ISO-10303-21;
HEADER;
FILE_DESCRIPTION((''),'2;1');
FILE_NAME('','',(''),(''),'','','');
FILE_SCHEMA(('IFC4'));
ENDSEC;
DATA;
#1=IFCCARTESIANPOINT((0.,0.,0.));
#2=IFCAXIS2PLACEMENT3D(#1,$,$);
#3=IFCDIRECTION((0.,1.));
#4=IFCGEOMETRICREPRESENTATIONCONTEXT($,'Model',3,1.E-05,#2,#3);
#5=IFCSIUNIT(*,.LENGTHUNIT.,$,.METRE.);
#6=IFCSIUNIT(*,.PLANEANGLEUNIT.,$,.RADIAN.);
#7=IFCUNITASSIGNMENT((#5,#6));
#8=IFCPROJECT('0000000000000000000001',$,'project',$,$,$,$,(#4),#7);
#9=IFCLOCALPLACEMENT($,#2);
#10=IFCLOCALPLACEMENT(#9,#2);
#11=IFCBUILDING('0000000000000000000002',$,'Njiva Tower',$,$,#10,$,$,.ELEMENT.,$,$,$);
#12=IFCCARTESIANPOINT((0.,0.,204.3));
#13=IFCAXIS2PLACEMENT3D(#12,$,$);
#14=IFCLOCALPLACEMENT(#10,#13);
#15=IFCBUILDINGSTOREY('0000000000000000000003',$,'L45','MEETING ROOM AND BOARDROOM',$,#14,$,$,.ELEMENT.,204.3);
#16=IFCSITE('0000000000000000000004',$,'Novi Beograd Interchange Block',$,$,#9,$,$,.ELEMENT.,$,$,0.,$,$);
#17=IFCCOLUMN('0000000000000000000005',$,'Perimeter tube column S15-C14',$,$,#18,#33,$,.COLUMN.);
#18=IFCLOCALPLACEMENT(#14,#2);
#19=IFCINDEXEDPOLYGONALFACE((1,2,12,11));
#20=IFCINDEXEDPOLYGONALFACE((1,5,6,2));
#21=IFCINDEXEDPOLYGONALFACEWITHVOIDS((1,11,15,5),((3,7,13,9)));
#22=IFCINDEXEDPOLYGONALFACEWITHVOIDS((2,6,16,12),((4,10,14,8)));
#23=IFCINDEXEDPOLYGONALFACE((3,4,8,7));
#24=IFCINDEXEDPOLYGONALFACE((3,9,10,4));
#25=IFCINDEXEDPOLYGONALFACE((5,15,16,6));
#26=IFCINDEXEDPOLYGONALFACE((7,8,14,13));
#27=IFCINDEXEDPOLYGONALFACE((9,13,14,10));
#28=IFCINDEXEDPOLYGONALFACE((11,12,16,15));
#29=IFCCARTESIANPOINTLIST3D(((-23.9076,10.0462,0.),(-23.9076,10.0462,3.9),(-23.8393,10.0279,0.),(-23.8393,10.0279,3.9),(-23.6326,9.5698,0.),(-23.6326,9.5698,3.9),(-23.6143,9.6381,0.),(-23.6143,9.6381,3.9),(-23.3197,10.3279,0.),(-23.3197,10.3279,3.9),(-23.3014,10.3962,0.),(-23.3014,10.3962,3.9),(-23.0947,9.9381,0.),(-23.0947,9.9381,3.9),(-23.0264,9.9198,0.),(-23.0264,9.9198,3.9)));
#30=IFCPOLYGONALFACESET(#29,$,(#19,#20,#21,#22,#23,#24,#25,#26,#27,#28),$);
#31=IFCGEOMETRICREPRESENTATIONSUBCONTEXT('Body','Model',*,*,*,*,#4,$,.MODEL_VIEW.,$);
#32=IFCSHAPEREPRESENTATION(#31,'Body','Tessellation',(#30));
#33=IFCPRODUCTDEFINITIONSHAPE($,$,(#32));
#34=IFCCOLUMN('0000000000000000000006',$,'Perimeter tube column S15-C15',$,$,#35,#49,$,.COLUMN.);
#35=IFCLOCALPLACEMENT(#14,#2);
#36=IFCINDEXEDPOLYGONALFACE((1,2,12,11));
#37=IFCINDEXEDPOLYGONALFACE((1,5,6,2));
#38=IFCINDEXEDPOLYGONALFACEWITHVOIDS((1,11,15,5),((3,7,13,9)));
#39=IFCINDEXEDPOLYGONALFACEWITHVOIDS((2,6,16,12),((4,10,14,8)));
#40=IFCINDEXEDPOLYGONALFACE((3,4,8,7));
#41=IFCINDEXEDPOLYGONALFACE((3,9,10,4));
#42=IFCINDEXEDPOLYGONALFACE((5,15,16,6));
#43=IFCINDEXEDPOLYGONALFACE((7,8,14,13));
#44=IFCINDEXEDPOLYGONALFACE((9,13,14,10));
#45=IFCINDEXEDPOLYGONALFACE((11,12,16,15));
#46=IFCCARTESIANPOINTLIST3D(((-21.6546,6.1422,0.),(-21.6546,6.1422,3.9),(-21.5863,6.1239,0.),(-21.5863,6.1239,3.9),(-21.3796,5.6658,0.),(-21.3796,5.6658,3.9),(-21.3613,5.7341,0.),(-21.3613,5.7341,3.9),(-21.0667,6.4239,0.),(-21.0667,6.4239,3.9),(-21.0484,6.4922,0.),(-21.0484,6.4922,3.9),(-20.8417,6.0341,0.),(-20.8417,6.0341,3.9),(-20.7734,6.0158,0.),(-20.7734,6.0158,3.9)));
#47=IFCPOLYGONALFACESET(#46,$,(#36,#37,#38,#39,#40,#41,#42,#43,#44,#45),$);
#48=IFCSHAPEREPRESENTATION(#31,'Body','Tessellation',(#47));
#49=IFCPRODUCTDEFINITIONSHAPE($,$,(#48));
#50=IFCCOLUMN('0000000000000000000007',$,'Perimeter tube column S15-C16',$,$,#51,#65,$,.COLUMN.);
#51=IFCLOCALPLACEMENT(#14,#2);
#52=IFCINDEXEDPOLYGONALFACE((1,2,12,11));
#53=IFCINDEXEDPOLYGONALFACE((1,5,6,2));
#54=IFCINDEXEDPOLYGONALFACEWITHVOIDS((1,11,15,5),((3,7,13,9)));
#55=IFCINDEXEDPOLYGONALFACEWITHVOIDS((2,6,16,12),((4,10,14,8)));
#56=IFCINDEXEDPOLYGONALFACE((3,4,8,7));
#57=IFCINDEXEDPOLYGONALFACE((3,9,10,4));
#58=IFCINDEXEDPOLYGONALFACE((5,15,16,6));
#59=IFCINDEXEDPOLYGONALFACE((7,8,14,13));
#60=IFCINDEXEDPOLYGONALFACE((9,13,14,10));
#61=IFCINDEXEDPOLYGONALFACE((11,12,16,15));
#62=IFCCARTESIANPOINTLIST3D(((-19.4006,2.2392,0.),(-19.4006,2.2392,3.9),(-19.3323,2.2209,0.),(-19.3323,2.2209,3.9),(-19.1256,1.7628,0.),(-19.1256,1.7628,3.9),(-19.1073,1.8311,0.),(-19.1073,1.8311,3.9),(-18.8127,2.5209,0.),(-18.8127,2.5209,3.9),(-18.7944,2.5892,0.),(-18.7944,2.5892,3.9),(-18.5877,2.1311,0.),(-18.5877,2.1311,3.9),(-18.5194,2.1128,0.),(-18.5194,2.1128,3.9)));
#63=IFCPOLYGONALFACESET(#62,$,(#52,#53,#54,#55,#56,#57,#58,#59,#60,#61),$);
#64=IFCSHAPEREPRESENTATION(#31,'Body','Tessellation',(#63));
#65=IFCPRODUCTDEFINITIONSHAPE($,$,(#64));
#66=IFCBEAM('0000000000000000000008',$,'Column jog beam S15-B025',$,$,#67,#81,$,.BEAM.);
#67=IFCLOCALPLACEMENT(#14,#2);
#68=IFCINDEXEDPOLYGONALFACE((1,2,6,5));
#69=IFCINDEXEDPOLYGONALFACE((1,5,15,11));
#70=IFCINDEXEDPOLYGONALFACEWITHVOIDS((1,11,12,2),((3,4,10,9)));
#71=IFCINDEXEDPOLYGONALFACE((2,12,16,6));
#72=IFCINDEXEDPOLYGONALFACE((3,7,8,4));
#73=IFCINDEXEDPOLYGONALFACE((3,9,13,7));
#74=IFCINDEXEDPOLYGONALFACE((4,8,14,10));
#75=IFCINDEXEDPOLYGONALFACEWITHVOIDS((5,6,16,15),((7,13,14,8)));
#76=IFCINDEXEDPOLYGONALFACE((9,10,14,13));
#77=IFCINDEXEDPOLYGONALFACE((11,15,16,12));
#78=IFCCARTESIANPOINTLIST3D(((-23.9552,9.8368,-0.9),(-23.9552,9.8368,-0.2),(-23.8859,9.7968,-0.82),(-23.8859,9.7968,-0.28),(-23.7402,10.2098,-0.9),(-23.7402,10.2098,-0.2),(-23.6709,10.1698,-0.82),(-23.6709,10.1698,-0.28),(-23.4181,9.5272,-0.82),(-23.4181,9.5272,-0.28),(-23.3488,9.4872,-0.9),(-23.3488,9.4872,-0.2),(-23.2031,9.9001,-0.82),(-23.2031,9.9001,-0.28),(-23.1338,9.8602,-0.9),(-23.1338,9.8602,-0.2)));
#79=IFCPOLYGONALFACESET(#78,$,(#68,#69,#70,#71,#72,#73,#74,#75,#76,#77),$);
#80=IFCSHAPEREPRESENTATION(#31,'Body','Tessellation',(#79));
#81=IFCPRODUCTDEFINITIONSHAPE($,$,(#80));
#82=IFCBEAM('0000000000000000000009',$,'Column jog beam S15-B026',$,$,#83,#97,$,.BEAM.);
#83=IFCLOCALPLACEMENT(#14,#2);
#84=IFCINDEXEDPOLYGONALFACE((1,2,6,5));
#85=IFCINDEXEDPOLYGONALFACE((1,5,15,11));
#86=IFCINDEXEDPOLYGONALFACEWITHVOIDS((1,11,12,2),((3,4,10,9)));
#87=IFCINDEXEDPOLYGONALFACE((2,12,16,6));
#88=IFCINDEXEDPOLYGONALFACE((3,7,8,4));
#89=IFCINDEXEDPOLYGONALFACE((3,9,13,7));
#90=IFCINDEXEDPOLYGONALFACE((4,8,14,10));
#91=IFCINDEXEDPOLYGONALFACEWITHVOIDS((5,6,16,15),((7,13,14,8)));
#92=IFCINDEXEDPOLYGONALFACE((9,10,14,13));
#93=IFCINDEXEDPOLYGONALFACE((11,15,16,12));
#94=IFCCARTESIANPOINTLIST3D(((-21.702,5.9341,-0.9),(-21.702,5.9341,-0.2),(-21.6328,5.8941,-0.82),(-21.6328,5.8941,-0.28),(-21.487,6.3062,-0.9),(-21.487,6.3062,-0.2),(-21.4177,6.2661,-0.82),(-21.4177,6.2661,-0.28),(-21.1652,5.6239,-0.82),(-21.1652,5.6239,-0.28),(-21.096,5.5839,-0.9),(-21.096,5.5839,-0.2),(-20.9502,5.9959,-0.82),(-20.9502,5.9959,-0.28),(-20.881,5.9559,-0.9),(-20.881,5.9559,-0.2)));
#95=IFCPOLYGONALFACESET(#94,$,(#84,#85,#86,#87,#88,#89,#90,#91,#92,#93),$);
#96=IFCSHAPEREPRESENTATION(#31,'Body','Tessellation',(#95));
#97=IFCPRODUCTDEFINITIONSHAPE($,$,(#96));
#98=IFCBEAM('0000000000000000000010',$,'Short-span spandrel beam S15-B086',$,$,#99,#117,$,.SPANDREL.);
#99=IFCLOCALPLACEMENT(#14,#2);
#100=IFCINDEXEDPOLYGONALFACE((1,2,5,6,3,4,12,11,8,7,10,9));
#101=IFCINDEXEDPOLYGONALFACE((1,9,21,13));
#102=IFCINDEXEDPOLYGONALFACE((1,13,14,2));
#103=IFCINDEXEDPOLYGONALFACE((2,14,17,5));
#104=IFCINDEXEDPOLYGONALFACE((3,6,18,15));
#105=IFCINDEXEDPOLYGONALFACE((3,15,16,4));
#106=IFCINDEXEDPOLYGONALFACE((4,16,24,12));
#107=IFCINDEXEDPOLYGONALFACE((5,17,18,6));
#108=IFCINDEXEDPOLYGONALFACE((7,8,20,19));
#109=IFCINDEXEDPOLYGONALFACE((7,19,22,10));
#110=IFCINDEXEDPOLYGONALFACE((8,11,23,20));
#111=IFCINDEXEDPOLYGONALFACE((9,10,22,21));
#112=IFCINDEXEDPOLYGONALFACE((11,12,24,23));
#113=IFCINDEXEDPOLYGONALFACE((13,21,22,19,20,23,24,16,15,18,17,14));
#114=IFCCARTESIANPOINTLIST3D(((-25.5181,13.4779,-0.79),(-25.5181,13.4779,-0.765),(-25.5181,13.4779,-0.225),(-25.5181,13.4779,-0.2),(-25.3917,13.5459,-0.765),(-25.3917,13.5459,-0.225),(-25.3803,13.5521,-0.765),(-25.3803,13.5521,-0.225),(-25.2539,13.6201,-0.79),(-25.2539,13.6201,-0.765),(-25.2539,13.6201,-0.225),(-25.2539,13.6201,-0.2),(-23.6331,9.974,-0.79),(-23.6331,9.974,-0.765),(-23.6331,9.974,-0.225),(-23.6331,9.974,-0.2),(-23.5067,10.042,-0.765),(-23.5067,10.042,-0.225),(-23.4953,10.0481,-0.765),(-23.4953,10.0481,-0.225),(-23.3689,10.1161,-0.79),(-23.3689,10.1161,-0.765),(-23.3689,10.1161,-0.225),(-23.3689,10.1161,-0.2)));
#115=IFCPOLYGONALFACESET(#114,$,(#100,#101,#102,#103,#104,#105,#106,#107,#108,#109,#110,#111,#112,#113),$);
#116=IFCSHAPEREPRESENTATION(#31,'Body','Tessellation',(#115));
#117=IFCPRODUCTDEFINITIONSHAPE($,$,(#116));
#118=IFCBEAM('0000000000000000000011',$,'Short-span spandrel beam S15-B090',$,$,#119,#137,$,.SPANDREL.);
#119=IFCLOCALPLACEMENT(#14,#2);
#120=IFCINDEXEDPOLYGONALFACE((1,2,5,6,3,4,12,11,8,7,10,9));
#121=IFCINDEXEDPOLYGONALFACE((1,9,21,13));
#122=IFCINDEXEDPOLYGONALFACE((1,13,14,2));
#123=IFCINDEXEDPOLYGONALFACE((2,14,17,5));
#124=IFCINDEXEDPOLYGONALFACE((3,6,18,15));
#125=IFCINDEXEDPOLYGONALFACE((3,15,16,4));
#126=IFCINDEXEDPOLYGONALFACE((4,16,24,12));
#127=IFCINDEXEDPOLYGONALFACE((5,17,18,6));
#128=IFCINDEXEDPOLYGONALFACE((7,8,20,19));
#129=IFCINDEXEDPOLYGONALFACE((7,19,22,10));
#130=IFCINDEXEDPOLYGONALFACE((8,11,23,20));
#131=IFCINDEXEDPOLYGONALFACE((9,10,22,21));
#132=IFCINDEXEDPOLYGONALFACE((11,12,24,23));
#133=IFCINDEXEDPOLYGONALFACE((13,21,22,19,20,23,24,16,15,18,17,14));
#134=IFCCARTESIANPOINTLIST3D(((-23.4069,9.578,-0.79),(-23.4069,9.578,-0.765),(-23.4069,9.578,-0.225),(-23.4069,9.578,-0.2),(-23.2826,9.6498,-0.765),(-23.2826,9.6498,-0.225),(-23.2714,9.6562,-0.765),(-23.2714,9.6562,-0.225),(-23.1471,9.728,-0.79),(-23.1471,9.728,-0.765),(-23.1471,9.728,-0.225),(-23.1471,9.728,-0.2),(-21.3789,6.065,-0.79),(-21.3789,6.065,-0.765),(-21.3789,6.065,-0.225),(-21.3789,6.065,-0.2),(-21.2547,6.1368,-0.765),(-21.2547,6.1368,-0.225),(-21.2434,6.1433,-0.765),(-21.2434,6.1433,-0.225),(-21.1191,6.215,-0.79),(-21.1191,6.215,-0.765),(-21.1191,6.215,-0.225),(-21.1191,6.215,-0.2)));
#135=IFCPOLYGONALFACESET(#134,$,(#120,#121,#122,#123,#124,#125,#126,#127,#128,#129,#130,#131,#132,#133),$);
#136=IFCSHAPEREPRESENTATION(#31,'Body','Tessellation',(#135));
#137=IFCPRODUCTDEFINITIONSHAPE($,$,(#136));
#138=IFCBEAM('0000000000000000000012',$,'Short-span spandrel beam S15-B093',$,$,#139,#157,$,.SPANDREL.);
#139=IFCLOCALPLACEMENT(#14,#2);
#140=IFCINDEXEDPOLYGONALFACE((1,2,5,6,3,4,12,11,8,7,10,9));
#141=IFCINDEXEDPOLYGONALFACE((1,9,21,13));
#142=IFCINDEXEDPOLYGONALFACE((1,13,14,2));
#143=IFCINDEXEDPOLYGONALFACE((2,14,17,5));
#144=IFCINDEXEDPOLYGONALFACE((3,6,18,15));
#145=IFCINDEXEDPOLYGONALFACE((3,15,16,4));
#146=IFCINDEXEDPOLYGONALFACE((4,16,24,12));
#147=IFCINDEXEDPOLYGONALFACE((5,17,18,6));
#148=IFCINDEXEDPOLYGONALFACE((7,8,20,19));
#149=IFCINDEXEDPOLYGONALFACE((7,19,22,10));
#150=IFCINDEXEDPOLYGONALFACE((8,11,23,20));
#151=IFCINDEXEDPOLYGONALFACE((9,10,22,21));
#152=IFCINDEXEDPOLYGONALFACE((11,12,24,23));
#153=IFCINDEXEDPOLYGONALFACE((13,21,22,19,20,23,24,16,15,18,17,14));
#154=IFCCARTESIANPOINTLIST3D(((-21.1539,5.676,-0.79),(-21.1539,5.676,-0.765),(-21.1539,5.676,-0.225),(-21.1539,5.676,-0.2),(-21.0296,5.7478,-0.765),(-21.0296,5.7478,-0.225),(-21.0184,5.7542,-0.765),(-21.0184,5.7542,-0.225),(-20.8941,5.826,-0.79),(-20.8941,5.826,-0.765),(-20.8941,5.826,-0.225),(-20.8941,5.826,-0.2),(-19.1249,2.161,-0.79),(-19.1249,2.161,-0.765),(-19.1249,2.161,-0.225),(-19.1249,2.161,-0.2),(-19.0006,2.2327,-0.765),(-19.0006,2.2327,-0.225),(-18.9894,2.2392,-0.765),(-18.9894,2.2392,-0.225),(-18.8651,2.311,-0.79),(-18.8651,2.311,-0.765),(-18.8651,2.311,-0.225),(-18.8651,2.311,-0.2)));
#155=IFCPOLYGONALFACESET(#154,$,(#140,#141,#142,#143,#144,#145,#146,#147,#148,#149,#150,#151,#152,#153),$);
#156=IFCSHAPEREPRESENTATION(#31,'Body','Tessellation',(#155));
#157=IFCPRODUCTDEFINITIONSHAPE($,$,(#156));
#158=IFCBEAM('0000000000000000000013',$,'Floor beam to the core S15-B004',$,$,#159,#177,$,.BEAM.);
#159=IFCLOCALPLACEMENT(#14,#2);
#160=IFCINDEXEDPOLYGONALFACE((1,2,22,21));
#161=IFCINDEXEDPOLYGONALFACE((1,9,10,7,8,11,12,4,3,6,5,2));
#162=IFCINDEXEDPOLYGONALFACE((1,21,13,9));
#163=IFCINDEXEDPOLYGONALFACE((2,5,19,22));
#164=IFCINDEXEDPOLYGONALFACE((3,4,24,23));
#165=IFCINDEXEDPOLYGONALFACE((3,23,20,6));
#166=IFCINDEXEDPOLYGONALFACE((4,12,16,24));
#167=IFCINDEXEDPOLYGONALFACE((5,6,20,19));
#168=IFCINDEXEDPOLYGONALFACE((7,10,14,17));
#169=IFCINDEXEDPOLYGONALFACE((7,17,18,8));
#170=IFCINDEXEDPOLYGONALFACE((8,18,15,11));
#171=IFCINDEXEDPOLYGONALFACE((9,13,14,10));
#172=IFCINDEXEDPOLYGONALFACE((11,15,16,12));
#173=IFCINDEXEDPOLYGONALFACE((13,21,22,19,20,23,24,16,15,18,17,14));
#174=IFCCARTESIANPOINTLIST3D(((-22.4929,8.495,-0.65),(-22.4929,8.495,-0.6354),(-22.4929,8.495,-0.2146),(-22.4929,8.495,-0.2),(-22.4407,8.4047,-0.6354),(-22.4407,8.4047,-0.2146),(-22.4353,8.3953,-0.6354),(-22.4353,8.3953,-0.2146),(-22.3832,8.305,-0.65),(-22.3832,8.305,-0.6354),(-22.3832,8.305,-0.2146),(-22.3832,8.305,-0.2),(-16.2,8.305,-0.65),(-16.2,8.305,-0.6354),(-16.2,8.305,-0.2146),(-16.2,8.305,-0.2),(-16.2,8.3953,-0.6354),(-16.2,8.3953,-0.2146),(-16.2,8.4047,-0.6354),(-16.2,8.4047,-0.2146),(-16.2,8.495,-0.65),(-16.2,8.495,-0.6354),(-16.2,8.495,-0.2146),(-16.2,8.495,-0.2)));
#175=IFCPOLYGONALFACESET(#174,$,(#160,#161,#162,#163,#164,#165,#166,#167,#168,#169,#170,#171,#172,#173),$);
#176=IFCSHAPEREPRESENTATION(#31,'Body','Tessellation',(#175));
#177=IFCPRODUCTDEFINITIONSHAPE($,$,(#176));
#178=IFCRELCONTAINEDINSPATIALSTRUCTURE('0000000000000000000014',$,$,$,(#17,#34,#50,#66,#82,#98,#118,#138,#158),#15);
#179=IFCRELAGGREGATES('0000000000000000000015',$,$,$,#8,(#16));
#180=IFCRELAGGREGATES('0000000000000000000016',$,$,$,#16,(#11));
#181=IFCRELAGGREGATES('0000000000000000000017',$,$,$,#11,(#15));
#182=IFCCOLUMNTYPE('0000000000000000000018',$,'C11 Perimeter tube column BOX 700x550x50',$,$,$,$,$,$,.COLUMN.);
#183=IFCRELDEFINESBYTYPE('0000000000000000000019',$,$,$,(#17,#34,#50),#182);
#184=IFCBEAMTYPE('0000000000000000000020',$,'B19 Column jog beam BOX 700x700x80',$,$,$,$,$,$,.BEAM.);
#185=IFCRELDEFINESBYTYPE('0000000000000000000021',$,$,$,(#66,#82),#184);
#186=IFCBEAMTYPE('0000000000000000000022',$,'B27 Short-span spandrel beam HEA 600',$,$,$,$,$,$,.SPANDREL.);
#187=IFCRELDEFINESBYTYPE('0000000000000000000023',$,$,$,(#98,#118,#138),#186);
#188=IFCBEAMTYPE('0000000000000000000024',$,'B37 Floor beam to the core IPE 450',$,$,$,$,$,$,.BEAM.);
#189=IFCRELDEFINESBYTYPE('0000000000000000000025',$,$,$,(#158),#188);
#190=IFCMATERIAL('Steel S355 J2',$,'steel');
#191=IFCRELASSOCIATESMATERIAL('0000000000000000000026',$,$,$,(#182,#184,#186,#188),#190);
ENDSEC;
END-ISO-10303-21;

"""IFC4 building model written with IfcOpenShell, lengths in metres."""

from ifc_helpers import new_model, si_unit, direction, frame, origin, origin_2d, place, context, subcontext, project, spatial, hollow_rectangle, i_section, extrude, clip, halfspace, material, material_profile, profile_set, type_object, element, save


model = new_model("IFC4")

# Units and contexts
model_context = context("Model", 3, precision=1e-05, world=origin(), true_north=direction((0.0, 1.0)))
body_context = subcontext(model_context, "Body", "Model", "MODEL_VIEW")
ifc_project = project(units=[si_unit("LENGTHUNIT", "METRE"), si_unit("PLANEANGLEUNIT", "RADIAN")], contexts=[model_context])

# Site, building, storey
site_placement = place(None, origin())
site = spatial("IfcSite", under=ifc_project, at=site_placement, Name="Novi Beograd Interchange Block", CompositionType="ELEMENT", RefElevation=0.0)
building_placement = place(site_placement, origin())
building = spatial("IfcBuilding", under=site, at=building_placement, Name="Njiva Tower", CompositionType="ELEMENT")
storey_placement = place(building_placement, frame((0.0, 0.0, 204.3)))
storey = spatial("IfcBuildingStorey", under=building, at=storey_placement, Name="L45", Description="MEETING ROOM AND BOARDROOM", CompositionType="ELEMENT", Elevation=204.3)

# Columns
ifc_material_1 = material(Name="Steel S355 J2", Category="steel")
ifc_material_profile_1 = material_profile(ifc_material_1, hollow_rectangle(XDim=0.55, YDim=0.7, WallThickness=0.05, at=origin_2d()), Name="BOX 700x550x50")
ifc_profile_set_1 = profile_set([ifc_material_profile_1], Name="Steel S355 J2")
column_type = type_object("IfcColumnType", Name="C11 Perimeter tube column BOX 700x550x50", PredefinedType="COLUMN", material=ifc_profile_set_1)
for number, where, z_axis, x_axis, name in (
    (1, (-23.467, 9.983, 0.0), (0.0, 0.0, 1.0), (0.5, -0.866025, 0.0), "Perimeter tube column S15-C14"),
    (2, (-21.214, 6.079, 0.0), (0.0, 0.0, 1.0), (0.5, -0.866025, 0.0), "Perimeter tube column S15-C15"),
    (3, (-18.96, 2.176, 0.0), (0.0, 0.0, 1.0), (0.5, -0.866025, 0.0), "Perimeter tube column S15-C16"),
):
    element("IfcColumn", number, at=place(storey_placement, frame(where, z_axis=z_axis, x_axis=x_axis)), inside=storey, type_object=column_type, Name=name, PredefinedType="COLUMN", context=body_context, shape_type="SweptSolid", body=[
        extrude(hollow_rectangle(XDim=0.55, YDim=0.7, WallThickness=0.05, at=origin_2d()), origin(), (0.0, 0.0, 1.0), 3.9),
    ])

# Beams
ifc_material_profile_2 = material_profile(ifc_material_1, hollow_rectangle(XDim=0.7, YDim=0.7, WallThickness=0.08, at=origin_2d()), Name="BOX 700x700x80")
ifc_profile_set_2 = profile_set([ifc_material_profile_2], Name="Steel S355 J2")
beam_type_1 = type_object("IfcBeamType", Name="B19 Column jog beam BOX 700x700x80", PredefinedType="BEAM", material=ifc_profile_set_2)
beam_1_placement = place(storey_placement, frame((-23.652, 9.662, -0.55), z_axis=(0.499387, 0.866379, 0.0), x_axis=(-0.866379, 0.499387, 0.0)))
element("IfcBeam", 4, at=beam_1_placement, inside=storey, type_object=beam_type_1, Name="Column jog beam S15-B025", PredefinedType="BEAM", context=body_context, shape_type="SweptSolid", body=[
    extrude(hollow_rectangle(XDim=0.7, YDim=0.7, WallThickness=0.08, at=origin_2d()), origin(), (0.0, 0.0, 1.0), 0.4305),
])
beam_2_placement = place(storey_placement, frame((-21.399, 5.759, -0.55), z_axis=(0.500394, 0.865798, 0.0), x_axis=(-0.865798, 0.500394, 0.0)))
element("IfcBeam", 5, at=beam_2_placement, inside=storey, type_object=beam_type_1, Name="Column jog beam S15-B026", PredefinedType="BEAM", context=body_context, shape_type="SweptSolid", body=[
    extrude(hollow_rectangle(XDim=0.7, YDim=0.7, WallThickness=0.08, at=origin_2d()), origin(), (0.0, 0.0, 1.0), 0.4297),
])
ifc_material_profile_3 = material_profile(ifc_material_1, i_section(OverallWidth=0.3, OverallDepth=0.59, WebThickness=0.013, FlangeThickness=0.025, at=origin_2d()), Name="HEA 600")
ifc_profile_set_3 = profile_set([ifc_material_profile_3], Name="Steel S355 J2")
beam_type_2 = type_object("IfcBeamType", Name="B27 Short-span spandrel beam HEA 600", PredefinedType="SPANDREL", material=ifc_profile_set_3)
beam_3_placement = place(storey_placement, frame((-25.386, 13.549, -0.495), z_axis=(0.473755, -0.880657, 0.0), x_axis=(0.880657, 0.473755, 0.0)))
element("IfcBeam", 6, at=beam_3_placement, inside=storey, type_object=beam_type_2, Name="Short-span spandrel beam S15-B086", PredefinedType="SPANDREL", context=body_context, shape_type="SweptSolid", body=[
    extrude(i_section(OverallWidth=0.3, OverallDepth=0.59, WebThickness=0.013, FlangeThickness=0.025, at=origin_2d()), origin(), (0.0, 0.0, 1.0), 3.9788),
])
beam_4_placement = place(storey_placement, frame((-23.277, 9.653, -0.495), z_axis=(0.499957, -0.86605, 0.0), x_axis=(0.86605, 0.499957, 0.0)))
element("IfcBeam", 7, at=beam_4_placement, inside=storey, type_object=beam_type_2, Name="Short-span spandrel beam S15-B090", PredefinedType="SPANDREL", context=body_context, shape_type="SweptSolid", body=[
    extrude(i_section(OverallWidth=0.3, OverallDepth=0.59, WebThickness=0.013, FlangeThickness=0.025, at=origin_2d()), origin(), (0.0, 0.0, 1.0), 4.0563),
])
beam_5_placement = place(storey_placement, frame((-21.024, 5.751, -0.495), z_axis=(0.499929, -0.866067, 0.0), x_axis=(0.866067, 0.499929, 0.0)))
element("IfcBeam", 8, at=beam_5_placement, inside=storey, type_object=beam_type_2, Name="Short-span spandrel beam S15-B093", PredefinedType="SPANDREL", context=body_context, shape_type="SweptSolid", body=[
    extrude(i_section(OverallWidth=0.3, OverallDepth=0.59, WebThickness=0.013, FlangeThickness=0.025, at=origin_2d()), origin(), (0.0, 0.0, 1.0), 4.0586),
])
ifc_material_profile_4 = material_profile(ifc_material_1, i_section(OverallWidth=0.19, OverallDepth=0.45, WebThickness=0.0094, FlangeThickness=0.0146, at=origin_2d()), Name="IPE 450")
ifc_profile_set_4 = profile_set([ifc_material_profile_4], Name="Steel S355 J2")
beam_type_3 = type_object("IfcBeamType", Name="B37 Floor beam to the core IPE 450", PredefinedType="BEAM", material=ifc_profile_set_4)
beam_6_placement = place(storey_placement, frame((-22.513, 8.4, -0.425), z_axis=(1.0, 0.0, 0.0), x_axis=(0.0, 1.0, 0.0)))
element("IfcBeam", 9, at=beam_6_placement, inside=storey, type_object=beam_type_3, Name="Floor beam to the core S15-B004", PredefinedType="BEAM", context=body_context, shape_type="Clipping", body=[
    clip(extrude(i_section(OverallWidth=0.19, OverallDepth=0.45, WebThickness=0.0094, FlangeThickness=0.0146, at=origin_2d()), origin(), (0.0, 0.0, 1.0), 6.313), halfspace(frame((-0.025, 0.0, 0.0894), z_axis=(-0.499998, 0.0, -0.866027), x_axis=(0.0, -1.0, 0.0)), False)),
])

save(model, "model.ifc")
